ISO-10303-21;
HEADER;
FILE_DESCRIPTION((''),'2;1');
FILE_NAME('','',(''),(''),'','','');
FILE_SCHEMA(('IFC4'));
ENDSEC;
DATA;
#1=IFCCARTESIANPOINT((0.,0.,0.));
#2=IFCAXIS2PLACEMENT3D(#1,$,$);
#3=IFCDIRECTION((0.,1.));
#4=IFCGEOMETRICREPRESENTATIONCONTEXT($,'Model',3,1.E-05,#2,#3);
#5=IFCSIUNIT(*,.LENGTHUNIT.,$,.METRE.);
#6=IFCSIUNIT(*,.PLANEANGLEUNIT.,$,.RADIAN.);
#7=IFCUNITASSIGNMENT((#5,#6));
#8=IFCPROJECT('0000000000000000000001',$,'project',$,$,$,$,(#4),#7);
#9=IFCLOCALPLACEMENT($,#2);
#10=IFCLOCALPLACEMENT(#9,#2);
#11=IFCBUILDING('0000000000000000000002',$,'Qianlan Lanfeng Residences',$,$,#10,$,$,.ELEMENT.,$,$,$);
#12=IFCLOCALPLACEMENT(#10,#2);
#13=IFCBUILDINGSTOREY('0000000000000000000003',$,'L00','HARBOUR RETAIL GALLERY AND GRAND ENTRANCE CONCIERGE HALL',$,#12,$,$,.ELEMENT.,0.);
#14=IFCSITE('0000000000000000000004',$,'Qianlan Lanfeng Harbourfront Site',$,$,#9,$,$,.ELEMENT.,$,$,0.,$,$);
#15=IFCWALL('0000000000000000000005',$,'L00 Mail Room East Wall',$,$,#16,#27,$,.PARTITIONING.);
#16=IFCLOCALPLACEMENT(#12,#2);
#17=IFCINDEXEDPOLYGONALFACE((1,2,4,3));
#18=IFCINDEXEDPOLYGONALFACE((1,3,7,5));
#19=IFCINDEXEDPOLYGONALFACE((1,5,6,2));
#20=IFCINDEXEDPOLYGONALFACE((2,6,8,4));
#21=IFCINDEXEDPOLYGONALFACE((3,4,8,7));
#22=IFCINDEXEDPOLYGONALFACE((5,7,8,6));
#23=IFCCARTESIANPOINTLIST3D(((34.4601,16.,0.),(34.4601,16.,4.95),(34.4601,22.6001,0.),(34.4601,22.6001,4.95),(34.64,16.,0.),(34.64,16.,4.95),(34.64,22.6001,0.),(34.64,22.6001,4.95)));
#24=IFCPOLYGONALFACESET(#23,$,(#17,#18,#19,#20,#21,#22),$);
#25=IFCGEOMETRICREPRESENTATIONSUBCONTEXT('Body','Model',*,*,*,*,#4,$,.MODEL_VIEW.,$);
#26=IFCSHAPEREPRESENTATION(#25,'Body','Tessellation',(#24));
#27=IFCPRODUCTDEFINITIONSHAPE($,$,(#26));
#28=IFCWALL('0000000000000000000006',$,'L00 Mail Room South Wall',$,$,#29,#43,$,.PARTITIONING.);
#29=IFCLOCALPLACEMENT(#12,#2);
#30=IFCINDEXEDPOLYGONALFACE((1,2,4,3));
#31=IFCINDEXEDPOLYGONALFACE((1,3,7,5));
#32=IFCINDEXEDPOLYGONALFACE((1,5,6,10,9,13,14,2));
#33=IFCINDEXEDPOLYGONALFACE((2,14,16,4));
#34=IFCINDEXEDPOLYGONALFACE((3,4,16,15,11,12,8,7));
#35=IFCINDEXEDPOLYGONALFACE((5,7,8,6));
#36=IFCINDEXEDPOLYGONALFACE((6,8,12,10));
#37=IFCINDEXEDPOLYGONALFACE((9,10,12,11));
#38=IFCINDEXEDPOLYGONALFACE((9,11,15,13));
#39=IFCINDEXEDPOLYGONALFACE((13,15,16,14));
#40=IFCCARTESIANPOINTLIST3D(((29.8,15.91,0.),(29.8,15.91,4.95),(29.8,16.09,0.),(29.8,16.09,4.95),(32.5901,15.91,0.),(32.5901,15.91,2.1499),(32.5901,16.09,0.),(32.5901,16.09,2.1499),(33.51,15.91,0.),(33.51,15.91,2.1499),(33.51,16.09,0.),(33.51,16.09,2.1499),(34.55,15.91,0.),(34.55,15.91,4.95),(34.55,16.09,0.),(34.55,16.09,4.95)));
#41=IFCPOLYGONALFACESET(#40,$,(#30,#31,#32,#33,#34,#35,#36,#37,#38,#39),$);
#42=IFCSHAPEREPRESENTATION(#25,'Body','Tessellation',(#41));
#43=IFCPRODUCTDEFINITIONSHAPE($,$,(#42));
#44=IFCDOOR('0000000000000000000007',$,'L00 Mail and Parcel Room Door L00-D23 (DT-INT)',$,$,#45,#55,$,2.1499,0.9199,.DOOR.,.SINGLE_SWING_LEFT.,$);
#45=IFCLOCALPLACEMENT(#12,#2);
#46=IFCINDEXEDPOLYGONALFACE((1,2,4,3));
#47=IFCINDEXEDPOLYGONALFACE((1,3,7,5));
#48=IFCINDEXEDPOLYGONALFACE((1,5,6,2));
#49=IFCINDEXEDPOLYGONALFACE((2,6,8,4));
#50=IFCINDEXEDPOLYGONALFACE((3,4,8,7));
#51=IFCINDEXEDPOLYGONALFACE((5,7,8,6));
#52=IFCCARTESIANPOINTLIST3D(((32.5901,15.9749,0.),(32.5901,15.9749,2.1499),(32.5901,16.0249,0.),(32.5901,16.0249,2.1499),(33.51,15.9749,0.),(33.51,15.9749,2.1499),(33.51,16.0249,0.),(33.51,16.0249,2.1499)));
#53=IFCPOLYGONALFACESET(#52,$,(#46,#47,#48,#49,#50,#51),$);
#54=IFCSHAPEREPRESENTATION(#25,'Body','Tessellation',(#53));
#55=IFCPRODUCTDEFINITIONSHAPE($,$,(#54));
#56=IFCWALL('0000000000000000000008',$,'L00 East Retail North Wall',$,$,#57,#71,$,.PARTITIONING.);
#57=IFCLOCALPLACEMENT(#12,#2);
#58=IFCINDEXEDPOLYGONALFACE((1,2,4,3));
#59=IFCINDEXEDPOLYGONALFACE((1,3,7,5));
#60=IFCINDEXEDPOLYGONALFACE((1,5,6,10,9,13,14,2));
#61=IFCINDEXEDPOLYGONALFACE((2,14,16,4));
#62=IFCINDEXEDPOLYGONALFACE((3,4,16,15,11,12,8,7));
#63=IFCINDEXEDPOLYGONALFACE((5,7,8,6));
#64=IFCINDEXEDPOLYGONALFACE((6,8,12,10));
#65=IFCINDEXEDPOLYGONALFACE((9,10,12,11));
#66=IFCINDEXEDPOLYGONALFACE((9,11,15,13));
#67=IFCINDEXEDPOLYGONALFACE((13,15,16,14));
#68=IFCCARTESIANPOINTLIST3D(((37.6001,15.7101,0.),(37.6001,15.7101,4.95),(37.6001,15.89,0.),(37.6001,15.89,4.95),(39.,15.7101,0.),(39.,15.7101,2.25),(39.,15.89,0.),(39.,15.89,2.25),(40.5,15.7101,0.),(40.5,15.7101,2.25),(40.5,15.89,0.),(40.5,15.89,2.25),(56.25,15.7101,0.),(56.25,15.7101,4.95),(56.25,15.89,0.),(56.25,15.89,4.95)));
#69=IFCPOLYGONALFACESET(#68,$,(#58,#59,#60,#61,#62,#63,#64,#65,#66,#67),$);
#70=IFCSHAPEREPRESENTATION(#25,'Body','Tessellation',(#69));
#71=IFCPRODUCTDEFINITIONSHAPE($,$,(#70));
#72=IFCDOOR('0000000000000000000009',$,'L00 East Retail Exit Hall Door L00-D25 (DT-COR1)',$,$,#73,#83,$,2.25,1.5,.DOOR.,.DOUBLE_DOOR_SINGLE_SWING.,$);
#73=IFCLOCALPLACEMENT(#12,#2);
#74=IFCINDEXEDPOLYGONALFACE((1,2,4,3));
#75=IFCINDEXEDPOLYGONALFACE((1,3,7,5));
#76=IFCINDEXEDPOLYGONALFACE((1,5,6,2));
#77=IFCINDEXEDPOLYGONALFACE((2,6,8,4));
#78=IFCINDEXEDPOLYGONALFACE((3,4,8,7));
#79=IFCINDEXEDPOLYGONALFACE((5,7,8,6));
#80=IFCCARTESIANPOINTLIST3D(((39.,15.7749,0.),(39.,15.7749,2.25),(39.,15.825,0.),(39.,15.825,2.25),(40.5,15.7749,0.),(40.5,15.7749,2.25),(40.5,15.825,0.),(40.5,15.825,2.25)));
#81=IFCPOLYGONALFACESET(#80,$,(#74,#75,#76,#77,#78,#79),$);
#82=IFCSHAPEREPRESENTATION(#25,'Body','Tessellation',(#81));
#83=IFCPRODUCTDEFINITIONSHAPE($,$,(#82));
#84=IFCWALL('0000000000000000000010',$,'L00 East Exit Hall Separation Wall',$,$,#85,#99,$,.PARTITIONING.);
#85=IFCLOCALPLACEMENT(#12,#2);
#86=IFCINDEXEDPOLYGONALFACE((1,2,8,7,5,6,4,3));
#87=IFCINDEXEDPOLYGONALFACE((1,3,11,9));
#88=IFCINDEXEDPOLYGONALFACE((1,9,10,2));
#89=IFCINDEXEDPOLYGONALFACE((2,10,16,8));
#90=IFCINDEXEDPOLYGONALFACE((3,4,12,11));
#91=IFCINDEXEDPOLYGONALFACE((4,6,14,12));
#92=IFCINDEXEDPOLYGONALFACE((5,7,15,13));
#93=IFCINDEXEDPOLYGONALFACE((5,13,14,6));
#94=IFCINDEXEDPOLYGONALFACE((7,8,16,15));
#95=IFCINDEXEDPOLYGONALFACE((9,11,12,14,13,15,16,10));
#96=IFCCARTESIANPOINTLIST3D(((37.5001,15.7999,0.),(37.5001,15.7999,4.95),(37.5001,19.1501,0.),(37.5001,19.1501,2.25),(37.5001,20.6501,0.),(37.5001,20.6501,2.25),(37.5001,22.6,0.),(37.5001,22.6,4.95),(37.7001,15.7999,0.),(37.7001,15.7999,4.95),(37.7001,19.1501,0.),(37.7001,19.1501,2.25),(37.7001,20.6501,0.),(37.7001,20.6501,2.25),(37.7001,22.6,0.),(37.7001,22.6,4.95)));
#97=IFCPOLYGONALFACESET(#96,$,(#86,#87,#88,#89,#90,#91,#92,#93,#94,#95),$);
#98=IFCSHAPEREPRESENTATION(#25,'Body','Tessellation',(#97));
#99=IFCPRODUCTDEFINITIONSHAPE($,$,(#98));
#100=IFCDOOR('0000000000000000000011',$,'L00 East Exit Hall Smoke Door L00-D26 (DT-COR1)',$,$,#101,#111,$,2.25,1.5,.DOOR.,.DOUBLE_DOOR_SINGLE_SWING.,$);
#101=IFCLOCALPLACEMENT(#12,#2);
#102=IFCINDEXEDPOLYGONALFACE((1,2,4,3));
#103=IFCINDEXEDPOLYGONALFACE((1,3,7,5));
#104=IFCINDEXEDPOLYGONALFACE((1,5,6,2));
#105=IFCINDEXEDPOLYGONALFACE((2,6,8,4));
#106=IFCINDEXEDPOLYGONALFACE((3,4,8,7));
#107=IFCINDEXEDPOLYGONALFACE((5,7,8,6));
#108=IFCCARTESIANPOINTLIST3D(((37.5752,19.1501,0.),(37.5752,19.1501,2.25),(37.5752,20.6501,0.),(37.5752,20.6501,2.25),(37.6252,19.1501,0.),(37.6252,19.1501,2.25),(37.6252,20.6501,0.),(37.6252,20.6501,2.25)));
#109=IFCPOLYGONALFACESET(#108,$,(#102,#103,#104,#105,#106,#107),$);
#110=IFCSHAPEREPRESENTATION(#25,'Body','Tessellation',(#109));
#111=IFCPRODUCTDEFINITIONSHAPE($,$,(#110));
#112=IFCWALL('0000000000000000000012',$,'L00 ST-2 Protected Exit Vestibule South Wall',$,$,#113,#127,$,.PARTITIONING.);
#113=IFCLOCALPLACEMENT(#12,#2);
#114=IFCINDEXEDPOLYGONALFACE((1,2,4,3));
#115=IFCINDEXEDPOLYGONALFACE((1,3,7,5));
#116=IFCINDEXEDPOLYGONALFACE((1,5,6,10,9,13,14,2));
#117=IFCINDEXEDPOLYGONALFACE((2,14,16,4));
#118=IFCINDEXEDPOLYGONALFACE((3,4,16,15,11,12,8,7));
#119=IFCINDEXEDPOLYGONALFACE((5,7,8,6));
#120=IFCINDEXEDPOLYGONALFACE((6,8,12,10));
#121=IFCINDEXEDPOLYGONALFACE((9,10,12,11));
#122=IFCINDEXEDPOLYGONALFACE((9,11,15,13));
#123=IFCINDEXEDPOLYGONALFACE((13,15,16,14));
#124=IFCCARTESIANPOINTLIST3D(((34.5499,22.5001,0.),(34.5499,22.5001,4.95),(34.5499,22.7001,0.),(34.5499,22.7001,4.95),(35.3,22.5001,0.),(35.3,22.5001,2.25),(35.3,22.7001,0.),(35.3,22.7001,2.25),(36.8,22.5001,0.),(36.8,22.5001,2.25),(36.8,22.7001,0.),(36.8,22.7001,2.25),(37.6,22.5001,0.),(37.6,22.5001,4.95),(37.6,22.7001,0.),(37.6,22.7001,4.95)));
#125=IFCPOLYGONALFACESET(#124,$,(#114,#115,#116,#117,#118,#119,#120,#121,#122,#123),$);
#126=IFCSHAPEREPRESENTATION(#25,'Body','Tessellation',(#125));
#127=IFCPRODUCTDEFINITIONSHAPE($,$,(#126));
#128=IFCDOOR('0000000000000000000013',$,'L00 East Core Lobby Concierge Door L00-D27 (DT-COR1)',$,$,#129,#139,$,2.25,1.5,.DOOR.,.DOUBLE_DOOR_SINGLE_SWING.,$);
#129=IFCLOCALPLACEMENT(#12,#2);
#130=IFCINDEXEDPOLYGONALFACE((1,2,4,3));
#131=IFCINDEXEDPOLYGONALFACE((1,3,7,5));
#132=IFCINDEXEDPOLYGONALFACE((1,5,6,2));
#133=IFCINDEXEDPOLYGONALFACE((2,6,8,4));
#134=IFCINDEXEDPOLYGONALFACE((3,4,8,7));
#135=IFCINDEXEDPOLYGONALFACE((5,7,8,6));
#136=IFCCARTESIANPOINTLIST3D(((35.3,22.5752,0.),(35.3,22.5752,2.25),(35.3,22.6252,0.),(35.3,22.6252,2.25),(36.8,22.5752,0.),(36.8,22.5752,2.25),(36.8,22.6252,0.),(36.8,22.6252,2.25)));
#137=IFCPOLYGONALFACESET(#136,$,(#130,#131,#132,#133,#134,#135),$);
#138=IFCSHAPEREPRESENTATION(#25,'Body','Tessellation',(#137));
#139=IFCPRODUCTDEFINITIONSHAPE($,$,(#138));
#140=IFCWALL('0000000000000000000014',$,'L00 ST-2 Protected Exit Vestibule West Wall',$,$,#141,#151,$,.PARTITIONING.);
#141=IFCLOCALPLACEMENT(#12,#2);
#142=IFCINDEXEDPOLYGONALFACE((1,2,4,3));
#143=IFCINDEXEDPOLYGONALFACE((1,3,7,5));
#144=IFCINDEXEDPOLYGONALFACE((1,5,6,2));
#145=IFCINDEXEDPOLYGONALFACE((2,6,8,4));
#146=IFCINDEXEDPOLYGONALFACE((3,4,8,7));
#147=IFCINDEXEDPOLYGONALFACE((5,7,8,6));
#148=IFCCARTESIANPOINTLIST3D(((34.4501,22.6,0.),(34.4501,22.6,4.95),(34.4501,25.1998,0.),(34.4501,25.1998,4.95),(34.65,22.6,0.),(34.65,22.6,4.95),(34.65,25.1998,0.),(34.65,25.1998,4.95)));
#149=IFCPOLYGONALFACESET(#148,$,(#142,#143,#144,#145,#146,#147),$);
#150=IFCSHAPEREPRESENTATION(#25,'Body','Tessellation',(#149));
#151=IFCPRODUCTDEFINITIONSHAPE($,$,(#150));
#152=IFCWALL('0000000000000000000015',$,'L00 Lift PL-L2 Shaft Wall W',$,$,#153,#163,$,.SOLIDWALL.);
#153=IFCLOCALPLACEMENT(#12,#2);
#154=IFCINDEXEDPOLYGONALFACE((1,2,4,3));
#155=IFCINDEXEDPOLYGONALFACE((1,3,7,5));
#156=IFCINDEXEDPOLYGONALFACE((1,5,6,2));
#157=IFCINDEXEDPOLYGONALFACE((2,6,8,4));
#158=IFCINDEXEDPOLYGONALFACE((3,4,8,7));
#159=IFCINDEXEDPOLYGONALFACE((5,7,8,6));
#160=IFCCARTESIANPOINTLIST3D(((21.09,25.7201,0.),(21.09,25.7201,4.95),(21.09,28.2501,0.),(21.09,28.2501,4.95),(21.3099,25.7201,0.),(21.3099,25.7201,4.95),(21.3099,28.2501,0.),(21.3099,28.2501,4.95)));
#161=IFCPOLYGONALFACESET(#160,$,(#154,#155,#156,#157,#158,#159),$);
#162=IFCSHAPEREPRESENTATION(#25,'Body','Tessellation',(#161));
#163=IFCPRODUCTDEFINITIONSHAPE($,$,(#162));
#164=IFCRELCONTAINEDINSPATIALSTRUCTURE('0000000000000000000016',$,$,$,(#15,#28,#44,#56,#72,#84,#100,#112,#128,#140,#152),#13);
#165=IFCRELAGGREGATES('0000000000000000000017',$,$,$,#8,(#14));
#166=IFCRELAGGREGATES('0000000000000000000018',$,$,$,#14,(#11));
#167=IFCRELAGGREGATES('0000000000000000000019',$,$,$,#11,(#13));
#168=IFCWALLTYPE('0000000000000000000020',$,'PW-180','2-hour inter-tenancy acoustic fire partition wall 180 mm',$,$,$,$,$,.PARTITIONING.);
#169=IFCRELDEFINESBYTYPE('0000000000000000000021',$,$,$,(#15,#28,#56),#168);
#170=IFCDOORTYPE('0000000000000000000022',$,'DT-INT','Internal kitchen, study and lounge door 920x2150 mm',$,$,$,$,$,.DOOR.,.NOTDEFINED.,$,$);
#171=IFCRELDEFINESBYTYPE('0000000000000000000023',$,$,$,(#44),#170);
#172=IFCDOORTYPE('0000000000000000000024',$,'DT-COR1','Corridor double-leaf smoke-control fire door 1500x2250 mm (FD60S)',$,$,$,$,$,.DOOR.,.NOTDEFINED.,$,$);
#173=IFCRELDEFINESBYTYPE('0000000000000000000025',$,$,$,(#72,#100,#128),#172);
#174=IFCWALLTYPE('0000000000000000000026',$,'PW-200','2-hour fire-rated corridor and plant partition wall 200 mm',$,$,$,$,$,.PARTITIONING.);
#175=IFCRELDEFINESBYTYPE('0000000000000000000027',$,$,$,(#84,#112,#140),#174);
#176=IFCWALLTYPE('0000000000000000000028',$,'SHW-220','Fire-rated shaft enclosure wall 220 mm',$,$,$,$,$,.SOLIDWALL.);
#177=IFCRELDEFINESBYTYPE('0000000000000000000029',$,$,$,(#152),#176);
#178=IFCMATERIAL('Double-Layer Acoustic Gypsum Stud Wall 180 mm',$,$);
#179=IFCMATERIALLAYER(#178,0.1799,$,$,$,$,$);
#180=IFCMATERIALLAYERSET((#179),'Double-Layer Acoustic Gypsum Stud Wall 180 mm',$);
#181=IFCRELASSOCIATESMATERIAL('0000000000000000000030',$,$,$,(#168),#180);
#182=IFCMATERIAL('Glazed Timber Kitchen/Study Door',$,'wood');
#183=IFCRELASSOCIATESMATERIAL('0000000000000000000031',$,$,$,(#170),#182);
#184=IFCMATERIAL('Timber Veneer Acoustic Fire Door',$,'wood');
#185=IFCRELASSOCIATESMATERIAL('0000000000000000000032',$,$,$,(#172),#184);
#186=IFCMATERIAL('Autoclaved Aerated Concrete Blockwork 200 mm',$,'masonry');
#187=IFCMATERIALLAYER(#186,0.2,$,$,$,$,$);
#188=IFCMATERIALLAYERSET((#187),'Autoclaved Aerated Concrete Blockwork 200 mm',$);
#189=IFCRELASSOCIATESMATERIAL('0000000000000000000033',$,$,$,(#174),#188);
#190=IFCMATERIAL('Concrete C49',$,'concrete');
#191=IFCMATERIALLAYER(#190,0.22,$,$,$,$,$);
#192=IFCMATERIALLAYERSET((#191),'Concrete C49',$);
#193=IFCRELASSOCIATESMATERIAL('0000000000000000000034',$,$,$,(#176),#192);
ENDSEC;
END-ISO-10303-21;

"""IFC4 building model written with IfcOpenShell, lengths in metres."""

from ifc_helpers import new_model, si_unit, direction, frame, frame_2d, origin, place, context, subcontext, project, spatial, rectangle, extrude, material, layer, layer_set, type_object, element, fill, save


model = new_model("IFC4")

# Units and contexts
model_context = context("Model", 3, precision=1e-05, world=origin(), true_north=direction((0.0, 1.0)))
body_context = subcontext(model_context, "Body", "Model", "MODEL_VIEW")
ifc_project = project(units=[si_unit("LENGTHUNIT", "METRE"), si_unit("PLANEANGLEUNIT", "RADIAN")], contexts=[model_context])

# Site, building, storey
site_placement = place(None, origin())
site = spatial("IfcSite", under=ifc_project, at=site_placement, Name="Qianlan Lanfeng Harbourfront Site", CompositionType="ELEMENT", RefElevation=0.0)
building_placement = place(site_placement, origin())
building = spatial("IfcBuilding", under=site, at=building_placement, Name="Qianlan Lanfeng Residences", CompositionType="ELEMENT")
storey_placement = place(building_placement, origin())
storey = spatial("IfcBuildingStorey", under=building, at=storey_placement, Name="L00", Description="HARBOUR RETAIL GALLERY AND GRAND ENTRANCE CONCIERGE HALL", CompositionType="ELEMENT", Elevation=0.0)

# Shared definitions
ifc_material_1 = material(Name="Double-Layer Acoustic Gypsum Stud Wall 180 mm")
ifc_layer_1 = layer(ifc_material_1, 0.1799)
ifc_layer_set_1 = layer_set([ifc_layer_1], Name="Double-Layer Acoustic Gypsum Stud Wall 180 mm")
wall_type_1 = type_object("IfcWallType", Name="PW-180", Description="2-hour inter-tenancy acoustic fire partition wall 180 mm", PredefinedType="PARTITIONING", material=ifc_layer_set_1)
ifc_material_2 = material(Name="Glazed Timber Kitchen/Study Door", Category="wood")
door_type_1 = type_object("IfcDoorType", Name="DT-INT", Description="Internal kitchen, study and lounge door 920x2150 mm", OperationType="NOTDEFINED", PredefinedType="DOOR", material=ifc_material_2)

# Wall
wall_1_placement = place(storey_placement, frame((34.55, 16.0, 0.0), z_axis=(0.0, 0.0, 1.0), x_axis=(0.0, 1.0, 0.0)))
element("IfcWall", 1, at=wall_1_placement, inside=storey, type_object=wall_type_1, Name="L00 Mail Room East Wall", PredefinedType="PARTITIONING", context=body_context, shape_type="SweptSolid", body=[
    extrude(rectangle(XDim=6.6001, YDim=0.1799, at=frame_2d((3.3, 0.0))), origin(), (0.0, 0.0, 1.0), 4.95),
])

# Walls, openings, doors
wall_2_placement = place(storey_placement, frame((29.8, 16.0, 0.0), z_axis=(0.0, 0.0, 1.0), x_axis=(1.0, 0.0, 0.0)))
wall_2 = element("IfcWall", 2, at=wall_2_placement, inside=storey, type_object=wall_type_1, Name="L00 Mail Room South Wall", PredefinedType="PARTITIONING", context=body_context, shape_type="SweptSolid", body=[
    extrude(rectangle(XDim=4.75, YDim=0.1799, at=frame_2d((2.375, 0.0))), origin(), (0.0, 0.0, 1.0), 4.95),
])
opening_1_placement = place(wall_2_placement, frame((2.79, 0.0, 0.0)))
opening_1 = element("IfcOpeningElement", 3, at=opening_1_placement, cuts=wall_2, PredefinedType="OPENING", context=body_context, shape_type="SweptSolid", body=[
    extrude(rectangle(XDim=0.9199, YDim=2.1499, at=frame_2d((0.46, 1.075))), frame((0.0, 0.1001, 0.0), z_axis=(0.0, -1.0, 0.0), x_axis=(1.0, 0.0, 0.0)), (0.0, 0.0, 1.0), 0.2),
])
door_1_placement = place(opening_1_placement, origin())
door_1 = element("IfcDoor", 4, at=door_1_placement, inside=storey, type_object=door_type_1, Name="L00 Mail and Parcel Room Door L00-D23 (DT-INT)", OperationType="SINGLE_SWING_LEFT", OverallHeight=2.1499, OverallWidth=0.9199, PredefinedType="DOOR", context=body_context, shape_type="SweptSolid", body=[
    extrude(rectangle(XDim=0.9199, YDim=2.1499, at=frame_2d((0.46, 1.075))), frame((0.0, 0.0249, 0.0), z_axis=(0.0, -1.0, 0.0), x_axis=(1.0, 0.0, 0.0)), (0.0, 0.0, 1.0), 0.05),
])
fill(opening_1, door_1)
wall_3_placement = place(storey_placement, frame((37.6001, 15.8, 0.0), z_axis=(0.0, 0.0, 1.0), x_axis=(1.0, 0.0, 0.0)))
wall_3 = element("IfcWall", 5, at=wall_3_placement, inside=storey, type_object=wall_type_1, Name="L00 East Retail North Wall", PredefinedType="PARTITIONING", context=body_context, shape_type="SweptSolid", body=[
    extrude(rectangle(XDim=18.6499, YDim=0.1799, at=frame_2d((9.325, 0.0))), origin(), (0.0, 0.0, 1.0), 4.95),
])
opening_2_placement = place(wall_3_placement, frame((1.3999, 0.0, 0.0)))
opening_2 = element("IfcOpeningElement", 6, at=opening_2_placement, cuts=wall_3, PredefinedType="OPENING", context=body_context, shape_type="SweptSolid", body=[
    extrude(rectangle(XDim=1.5, YDim=2.25, at=frame_2d((0.75, 1.125))), frame((0.0, 0.1001, 0.0), z_axis=(0.0, -1.0, 0.0), x_axis=(1.0, 0.0, 0.0)), (0.0, 0.0, 1.0), 0.2),
])
ifc_material_3 = material(Name="Timber Veneer Acoustic Fire Door", Category="wood")
door_type_2 = type_object("IfcDoorType", Name="DT-COR1", Description="Corridor double-leaf smoke-control fire door 1500x2250 mm (FD60S)", OperationType="NOTDEFINED", PredefinedType="DOOR", material=ifc_material_3)
door_2_placement = place(opening_2_placement, origin())
door_2 = element("IfcDoor", 7, at=door_2_placement, inside=storey, type_object=door_type_2, Name="L00 East Retail Exit Hall Door L00-D25 (DT-COR1)", OperationType="DOUBLE_DOOR_SINGLE_SWING", OverallHeight=2.25, OverallWidth=1.5, PredefinedType="DOOR", context=body_context, shape_type="SweptSolid", body=[
    extrude(rectangle(XDim=1.5, YDim=2.25, at=frame_2d((0.75, 1.125))), frame((0.0, 0.0249, 0.0), z_axis=(0.0, -1.0, 0.0), x_axis=(1.0, 0.0, 0.0)), (0.0, 0.0, 1.0), 0.05),
])
fill(opening_2, door_2)
ifc_material_4 = material(Name="Autoclaved Aerated Concrete Blockwork 200 mm", Category="masonry")
ifc_layer_2 = layer(ifc_material_4, 0.2)
ifc_layer_set_2 = layer_set([ifc_layer_2], Name="Autoclaved Aerated Concrete Blockwork 200 mm")
wall_type_2 = type_object("IfcWallType", Name="PW-200", Description="2-hour fire-rated corridor and plant partition wall 200 mm", PredefinedType="PARTITIONING", material=ifc_layer_set_2)
wall_4_placement = place(storey_placement, frame((37.6001, 15.8, 0.0), z_axis=(0.0, 0.0, 1.0), x_axis=(0.0, 1.0, 0.0)))
wall_4 = element("IfcWall", 8, at=wall_4_placement, inside=storey, type_object=wall_type_2, Name="L00 East Exit Hall Separation Wall", PredefinedType="PARTITIONING", context=body_context, shape_type="SweptSolid", body=[
    extrude(rectangle(XDim=6.8, YDim=0.2, at=frame_2d((3.3999, 0.0))), origin(), (0.0, 0.0, 1.0), 4.95),
])
opening_3_placement = place(wall_4_placement, frame((3.3501, 0.0, 0.0)))
opening_3 = element("IfcOpeningElement", 9, at=opening_3_placement, cuts=wall_4, PredefinedType="OPENING", context=body_context, shape_type="SweptSolid", body=[
    extrude(rectangle(XDim=1.5, YDim=2.25, at=frame_2d((0.75, 1.125))), frame((0.0, 0.1099, 0.0), z_axis=(0.0, -1.0, 0.0), x_axis=(1.0, 0.0, 0.0)), (0.0, 0.0, 1.0), 0.22),
])
door_3_placement = place(opening_3_placement, origin())
door_3 = element("IfcDoor", 10, at=door_3_placement, inside=storey, type_object=door_type_2, Name="L00 East Exit Hall Smoke Door L00-D26 (DT-COR1)", OperationType="DOUBLE_DOOR_SINGLE_SWING", OverallHeight=2.25, OverallWidth=1.5, PredefinedType="DOOR", context=body_context, shape_type="SweptSolid", body=[
    extrude(rectangle(XDim=1.5, YDim=2.25, at=frame_2d((0.75, 1.125))), frame((0.0, 0.0249, 0.0), z_axis=(0.0, -1.0, 0.0), x_axis=(1.0, 0.0, 0.0)), (0.0, 0.0, 1.0), 0.05),
])
fill(opening_3, door_3)
wall_5_placement = place(storey_placement, frame((34.55, 22.6001, 0.0), z_axis=(0.0, 0.0, 1.0), x_axis=(1.0, 0.0, 0.0)))
wall_5 = element("IfcWall", 11, at=wall_5_placement, inside=storey, type_object=wall_type_2, Name="L00 ST-2 Protected Exit Vestibule South Wall", PredefinedType="PARTITIONING", context=body_context, shape_type="SweptSolid", body=[
    extrude(rectangle(XDim=3.05, YDim=0.2, at=frame_2d((1.5249, 0.0))), origin(), (0.0, 0.0, 1.0), 4.95),
])
opening_4_placement = place(wall_5_placement, frame((0.75, 0.0, 0.0)))
opening_4 = element("IfcOpeningElement", 12, at=opening_4_placement, cuts=wall_5, PredefinedType="OPENING", context=body_context, shape_type="SweptSolid", body=[
    extrude(rectangle(XDim=1.5, YDim=2.25, at=frame_2d((0.75, 1.125))), frame((0.0, 0.1099, 0.0), z_axis=(0.0, -1.0, 0.0), x_axis=(1.0, 0.0, 0.0)), (0.0, 0.0, 1.0), 0.22),
])
door_4_placement = place(opening_4_placement, frame((1.5, 0.0, 0.0), z_axis=(0.0, 0.0, 1.0), x_axis=(-1.0, 0.0, 0.0)))
door_4 = element("IfcDoor", 13, at=door_4_placement, inside=storey, type_object=door_type_2, Name="L00 East Core Lobby Concierge Door L00-D27 (DT-COR1)", OperationType="DOUBLE_DOOR_SINGLE_SWING", OverallHeight=2.25, OverallWidth=1.5, PredefinedType="DOOR", context=body_context, shape_type="SweptSolid", body=[
    extrude(rectangle(XDim=1.5, YDim=2.25, at=frame_2d((0.75, 1.125))), frame((0.0, 0.0249, 0.0), z_axis=(0.0, -1.0, 0.0), x_axis=(1.0, 0.0, 0.0)), (0.0, 0.0, 1.0), 0.05),
])
fill(opening_4, door_4)

# Walls
wall_6_placement = place(storey_placement, frame((34.55, 22.6001, 0.0), z_axis=(0.0, 0.0, 1.0), x_axis=(0.0, 1.0, 0.0)))
element("IfcWall", 14, at=wall_6_placement, inside=storey, type_object=wall_type_2, Name="L00 ST-2 Protected Exit Vestibule West Wall", PredefinedType="PARTITIONING", context=body_context, shape_type="SweptSolid", body=[
    extrude(rectangle(XDim=2.5999, YDim=0.2, at=frame_2d((1.2998, 0.0))), origin(), (0.0, 0.0, 1.0), 4.95),
])
ifc_material_5 = material(Name="Concrete C49", Category="concrete")
ifc_layer_3 = layer(ifc_material_5, 0.22)
ifc_layer_set_3 = layer_set([ifc_layer_3], Name="Concrete C49")
wall_type_3 = type_object("IfcWallType", Name="SHW-220", Description="Fire-rated shaft enclosure wall 220 mm", PredefinedType="SOLIDWALL", material=ifc_layer_set_3)
wall_7_placement = place(storey_placement, frame((21.2, 25.72, 0.0), z_axis=(0.0, 0.0, 1.0), x_axis=(0.0, 1.0, 0.0)))
element("IfcWall", 15, at=wall_7_placement, inside=storey, type_object=wall_type_3, Name="L00 Lift PL-L2 Shaft Wall W", PredefinedType="SOLIDWALL", context=body_context, shape_type="SweptSolid", body=[
    extrude(rectangle(XDim=2.53, YDim=0.22, at=frame_2d((1.2651, 0.0))), origin(), (0.0, 0.0, 1.0), 4.95),
])

save(model, "model.ifc")
